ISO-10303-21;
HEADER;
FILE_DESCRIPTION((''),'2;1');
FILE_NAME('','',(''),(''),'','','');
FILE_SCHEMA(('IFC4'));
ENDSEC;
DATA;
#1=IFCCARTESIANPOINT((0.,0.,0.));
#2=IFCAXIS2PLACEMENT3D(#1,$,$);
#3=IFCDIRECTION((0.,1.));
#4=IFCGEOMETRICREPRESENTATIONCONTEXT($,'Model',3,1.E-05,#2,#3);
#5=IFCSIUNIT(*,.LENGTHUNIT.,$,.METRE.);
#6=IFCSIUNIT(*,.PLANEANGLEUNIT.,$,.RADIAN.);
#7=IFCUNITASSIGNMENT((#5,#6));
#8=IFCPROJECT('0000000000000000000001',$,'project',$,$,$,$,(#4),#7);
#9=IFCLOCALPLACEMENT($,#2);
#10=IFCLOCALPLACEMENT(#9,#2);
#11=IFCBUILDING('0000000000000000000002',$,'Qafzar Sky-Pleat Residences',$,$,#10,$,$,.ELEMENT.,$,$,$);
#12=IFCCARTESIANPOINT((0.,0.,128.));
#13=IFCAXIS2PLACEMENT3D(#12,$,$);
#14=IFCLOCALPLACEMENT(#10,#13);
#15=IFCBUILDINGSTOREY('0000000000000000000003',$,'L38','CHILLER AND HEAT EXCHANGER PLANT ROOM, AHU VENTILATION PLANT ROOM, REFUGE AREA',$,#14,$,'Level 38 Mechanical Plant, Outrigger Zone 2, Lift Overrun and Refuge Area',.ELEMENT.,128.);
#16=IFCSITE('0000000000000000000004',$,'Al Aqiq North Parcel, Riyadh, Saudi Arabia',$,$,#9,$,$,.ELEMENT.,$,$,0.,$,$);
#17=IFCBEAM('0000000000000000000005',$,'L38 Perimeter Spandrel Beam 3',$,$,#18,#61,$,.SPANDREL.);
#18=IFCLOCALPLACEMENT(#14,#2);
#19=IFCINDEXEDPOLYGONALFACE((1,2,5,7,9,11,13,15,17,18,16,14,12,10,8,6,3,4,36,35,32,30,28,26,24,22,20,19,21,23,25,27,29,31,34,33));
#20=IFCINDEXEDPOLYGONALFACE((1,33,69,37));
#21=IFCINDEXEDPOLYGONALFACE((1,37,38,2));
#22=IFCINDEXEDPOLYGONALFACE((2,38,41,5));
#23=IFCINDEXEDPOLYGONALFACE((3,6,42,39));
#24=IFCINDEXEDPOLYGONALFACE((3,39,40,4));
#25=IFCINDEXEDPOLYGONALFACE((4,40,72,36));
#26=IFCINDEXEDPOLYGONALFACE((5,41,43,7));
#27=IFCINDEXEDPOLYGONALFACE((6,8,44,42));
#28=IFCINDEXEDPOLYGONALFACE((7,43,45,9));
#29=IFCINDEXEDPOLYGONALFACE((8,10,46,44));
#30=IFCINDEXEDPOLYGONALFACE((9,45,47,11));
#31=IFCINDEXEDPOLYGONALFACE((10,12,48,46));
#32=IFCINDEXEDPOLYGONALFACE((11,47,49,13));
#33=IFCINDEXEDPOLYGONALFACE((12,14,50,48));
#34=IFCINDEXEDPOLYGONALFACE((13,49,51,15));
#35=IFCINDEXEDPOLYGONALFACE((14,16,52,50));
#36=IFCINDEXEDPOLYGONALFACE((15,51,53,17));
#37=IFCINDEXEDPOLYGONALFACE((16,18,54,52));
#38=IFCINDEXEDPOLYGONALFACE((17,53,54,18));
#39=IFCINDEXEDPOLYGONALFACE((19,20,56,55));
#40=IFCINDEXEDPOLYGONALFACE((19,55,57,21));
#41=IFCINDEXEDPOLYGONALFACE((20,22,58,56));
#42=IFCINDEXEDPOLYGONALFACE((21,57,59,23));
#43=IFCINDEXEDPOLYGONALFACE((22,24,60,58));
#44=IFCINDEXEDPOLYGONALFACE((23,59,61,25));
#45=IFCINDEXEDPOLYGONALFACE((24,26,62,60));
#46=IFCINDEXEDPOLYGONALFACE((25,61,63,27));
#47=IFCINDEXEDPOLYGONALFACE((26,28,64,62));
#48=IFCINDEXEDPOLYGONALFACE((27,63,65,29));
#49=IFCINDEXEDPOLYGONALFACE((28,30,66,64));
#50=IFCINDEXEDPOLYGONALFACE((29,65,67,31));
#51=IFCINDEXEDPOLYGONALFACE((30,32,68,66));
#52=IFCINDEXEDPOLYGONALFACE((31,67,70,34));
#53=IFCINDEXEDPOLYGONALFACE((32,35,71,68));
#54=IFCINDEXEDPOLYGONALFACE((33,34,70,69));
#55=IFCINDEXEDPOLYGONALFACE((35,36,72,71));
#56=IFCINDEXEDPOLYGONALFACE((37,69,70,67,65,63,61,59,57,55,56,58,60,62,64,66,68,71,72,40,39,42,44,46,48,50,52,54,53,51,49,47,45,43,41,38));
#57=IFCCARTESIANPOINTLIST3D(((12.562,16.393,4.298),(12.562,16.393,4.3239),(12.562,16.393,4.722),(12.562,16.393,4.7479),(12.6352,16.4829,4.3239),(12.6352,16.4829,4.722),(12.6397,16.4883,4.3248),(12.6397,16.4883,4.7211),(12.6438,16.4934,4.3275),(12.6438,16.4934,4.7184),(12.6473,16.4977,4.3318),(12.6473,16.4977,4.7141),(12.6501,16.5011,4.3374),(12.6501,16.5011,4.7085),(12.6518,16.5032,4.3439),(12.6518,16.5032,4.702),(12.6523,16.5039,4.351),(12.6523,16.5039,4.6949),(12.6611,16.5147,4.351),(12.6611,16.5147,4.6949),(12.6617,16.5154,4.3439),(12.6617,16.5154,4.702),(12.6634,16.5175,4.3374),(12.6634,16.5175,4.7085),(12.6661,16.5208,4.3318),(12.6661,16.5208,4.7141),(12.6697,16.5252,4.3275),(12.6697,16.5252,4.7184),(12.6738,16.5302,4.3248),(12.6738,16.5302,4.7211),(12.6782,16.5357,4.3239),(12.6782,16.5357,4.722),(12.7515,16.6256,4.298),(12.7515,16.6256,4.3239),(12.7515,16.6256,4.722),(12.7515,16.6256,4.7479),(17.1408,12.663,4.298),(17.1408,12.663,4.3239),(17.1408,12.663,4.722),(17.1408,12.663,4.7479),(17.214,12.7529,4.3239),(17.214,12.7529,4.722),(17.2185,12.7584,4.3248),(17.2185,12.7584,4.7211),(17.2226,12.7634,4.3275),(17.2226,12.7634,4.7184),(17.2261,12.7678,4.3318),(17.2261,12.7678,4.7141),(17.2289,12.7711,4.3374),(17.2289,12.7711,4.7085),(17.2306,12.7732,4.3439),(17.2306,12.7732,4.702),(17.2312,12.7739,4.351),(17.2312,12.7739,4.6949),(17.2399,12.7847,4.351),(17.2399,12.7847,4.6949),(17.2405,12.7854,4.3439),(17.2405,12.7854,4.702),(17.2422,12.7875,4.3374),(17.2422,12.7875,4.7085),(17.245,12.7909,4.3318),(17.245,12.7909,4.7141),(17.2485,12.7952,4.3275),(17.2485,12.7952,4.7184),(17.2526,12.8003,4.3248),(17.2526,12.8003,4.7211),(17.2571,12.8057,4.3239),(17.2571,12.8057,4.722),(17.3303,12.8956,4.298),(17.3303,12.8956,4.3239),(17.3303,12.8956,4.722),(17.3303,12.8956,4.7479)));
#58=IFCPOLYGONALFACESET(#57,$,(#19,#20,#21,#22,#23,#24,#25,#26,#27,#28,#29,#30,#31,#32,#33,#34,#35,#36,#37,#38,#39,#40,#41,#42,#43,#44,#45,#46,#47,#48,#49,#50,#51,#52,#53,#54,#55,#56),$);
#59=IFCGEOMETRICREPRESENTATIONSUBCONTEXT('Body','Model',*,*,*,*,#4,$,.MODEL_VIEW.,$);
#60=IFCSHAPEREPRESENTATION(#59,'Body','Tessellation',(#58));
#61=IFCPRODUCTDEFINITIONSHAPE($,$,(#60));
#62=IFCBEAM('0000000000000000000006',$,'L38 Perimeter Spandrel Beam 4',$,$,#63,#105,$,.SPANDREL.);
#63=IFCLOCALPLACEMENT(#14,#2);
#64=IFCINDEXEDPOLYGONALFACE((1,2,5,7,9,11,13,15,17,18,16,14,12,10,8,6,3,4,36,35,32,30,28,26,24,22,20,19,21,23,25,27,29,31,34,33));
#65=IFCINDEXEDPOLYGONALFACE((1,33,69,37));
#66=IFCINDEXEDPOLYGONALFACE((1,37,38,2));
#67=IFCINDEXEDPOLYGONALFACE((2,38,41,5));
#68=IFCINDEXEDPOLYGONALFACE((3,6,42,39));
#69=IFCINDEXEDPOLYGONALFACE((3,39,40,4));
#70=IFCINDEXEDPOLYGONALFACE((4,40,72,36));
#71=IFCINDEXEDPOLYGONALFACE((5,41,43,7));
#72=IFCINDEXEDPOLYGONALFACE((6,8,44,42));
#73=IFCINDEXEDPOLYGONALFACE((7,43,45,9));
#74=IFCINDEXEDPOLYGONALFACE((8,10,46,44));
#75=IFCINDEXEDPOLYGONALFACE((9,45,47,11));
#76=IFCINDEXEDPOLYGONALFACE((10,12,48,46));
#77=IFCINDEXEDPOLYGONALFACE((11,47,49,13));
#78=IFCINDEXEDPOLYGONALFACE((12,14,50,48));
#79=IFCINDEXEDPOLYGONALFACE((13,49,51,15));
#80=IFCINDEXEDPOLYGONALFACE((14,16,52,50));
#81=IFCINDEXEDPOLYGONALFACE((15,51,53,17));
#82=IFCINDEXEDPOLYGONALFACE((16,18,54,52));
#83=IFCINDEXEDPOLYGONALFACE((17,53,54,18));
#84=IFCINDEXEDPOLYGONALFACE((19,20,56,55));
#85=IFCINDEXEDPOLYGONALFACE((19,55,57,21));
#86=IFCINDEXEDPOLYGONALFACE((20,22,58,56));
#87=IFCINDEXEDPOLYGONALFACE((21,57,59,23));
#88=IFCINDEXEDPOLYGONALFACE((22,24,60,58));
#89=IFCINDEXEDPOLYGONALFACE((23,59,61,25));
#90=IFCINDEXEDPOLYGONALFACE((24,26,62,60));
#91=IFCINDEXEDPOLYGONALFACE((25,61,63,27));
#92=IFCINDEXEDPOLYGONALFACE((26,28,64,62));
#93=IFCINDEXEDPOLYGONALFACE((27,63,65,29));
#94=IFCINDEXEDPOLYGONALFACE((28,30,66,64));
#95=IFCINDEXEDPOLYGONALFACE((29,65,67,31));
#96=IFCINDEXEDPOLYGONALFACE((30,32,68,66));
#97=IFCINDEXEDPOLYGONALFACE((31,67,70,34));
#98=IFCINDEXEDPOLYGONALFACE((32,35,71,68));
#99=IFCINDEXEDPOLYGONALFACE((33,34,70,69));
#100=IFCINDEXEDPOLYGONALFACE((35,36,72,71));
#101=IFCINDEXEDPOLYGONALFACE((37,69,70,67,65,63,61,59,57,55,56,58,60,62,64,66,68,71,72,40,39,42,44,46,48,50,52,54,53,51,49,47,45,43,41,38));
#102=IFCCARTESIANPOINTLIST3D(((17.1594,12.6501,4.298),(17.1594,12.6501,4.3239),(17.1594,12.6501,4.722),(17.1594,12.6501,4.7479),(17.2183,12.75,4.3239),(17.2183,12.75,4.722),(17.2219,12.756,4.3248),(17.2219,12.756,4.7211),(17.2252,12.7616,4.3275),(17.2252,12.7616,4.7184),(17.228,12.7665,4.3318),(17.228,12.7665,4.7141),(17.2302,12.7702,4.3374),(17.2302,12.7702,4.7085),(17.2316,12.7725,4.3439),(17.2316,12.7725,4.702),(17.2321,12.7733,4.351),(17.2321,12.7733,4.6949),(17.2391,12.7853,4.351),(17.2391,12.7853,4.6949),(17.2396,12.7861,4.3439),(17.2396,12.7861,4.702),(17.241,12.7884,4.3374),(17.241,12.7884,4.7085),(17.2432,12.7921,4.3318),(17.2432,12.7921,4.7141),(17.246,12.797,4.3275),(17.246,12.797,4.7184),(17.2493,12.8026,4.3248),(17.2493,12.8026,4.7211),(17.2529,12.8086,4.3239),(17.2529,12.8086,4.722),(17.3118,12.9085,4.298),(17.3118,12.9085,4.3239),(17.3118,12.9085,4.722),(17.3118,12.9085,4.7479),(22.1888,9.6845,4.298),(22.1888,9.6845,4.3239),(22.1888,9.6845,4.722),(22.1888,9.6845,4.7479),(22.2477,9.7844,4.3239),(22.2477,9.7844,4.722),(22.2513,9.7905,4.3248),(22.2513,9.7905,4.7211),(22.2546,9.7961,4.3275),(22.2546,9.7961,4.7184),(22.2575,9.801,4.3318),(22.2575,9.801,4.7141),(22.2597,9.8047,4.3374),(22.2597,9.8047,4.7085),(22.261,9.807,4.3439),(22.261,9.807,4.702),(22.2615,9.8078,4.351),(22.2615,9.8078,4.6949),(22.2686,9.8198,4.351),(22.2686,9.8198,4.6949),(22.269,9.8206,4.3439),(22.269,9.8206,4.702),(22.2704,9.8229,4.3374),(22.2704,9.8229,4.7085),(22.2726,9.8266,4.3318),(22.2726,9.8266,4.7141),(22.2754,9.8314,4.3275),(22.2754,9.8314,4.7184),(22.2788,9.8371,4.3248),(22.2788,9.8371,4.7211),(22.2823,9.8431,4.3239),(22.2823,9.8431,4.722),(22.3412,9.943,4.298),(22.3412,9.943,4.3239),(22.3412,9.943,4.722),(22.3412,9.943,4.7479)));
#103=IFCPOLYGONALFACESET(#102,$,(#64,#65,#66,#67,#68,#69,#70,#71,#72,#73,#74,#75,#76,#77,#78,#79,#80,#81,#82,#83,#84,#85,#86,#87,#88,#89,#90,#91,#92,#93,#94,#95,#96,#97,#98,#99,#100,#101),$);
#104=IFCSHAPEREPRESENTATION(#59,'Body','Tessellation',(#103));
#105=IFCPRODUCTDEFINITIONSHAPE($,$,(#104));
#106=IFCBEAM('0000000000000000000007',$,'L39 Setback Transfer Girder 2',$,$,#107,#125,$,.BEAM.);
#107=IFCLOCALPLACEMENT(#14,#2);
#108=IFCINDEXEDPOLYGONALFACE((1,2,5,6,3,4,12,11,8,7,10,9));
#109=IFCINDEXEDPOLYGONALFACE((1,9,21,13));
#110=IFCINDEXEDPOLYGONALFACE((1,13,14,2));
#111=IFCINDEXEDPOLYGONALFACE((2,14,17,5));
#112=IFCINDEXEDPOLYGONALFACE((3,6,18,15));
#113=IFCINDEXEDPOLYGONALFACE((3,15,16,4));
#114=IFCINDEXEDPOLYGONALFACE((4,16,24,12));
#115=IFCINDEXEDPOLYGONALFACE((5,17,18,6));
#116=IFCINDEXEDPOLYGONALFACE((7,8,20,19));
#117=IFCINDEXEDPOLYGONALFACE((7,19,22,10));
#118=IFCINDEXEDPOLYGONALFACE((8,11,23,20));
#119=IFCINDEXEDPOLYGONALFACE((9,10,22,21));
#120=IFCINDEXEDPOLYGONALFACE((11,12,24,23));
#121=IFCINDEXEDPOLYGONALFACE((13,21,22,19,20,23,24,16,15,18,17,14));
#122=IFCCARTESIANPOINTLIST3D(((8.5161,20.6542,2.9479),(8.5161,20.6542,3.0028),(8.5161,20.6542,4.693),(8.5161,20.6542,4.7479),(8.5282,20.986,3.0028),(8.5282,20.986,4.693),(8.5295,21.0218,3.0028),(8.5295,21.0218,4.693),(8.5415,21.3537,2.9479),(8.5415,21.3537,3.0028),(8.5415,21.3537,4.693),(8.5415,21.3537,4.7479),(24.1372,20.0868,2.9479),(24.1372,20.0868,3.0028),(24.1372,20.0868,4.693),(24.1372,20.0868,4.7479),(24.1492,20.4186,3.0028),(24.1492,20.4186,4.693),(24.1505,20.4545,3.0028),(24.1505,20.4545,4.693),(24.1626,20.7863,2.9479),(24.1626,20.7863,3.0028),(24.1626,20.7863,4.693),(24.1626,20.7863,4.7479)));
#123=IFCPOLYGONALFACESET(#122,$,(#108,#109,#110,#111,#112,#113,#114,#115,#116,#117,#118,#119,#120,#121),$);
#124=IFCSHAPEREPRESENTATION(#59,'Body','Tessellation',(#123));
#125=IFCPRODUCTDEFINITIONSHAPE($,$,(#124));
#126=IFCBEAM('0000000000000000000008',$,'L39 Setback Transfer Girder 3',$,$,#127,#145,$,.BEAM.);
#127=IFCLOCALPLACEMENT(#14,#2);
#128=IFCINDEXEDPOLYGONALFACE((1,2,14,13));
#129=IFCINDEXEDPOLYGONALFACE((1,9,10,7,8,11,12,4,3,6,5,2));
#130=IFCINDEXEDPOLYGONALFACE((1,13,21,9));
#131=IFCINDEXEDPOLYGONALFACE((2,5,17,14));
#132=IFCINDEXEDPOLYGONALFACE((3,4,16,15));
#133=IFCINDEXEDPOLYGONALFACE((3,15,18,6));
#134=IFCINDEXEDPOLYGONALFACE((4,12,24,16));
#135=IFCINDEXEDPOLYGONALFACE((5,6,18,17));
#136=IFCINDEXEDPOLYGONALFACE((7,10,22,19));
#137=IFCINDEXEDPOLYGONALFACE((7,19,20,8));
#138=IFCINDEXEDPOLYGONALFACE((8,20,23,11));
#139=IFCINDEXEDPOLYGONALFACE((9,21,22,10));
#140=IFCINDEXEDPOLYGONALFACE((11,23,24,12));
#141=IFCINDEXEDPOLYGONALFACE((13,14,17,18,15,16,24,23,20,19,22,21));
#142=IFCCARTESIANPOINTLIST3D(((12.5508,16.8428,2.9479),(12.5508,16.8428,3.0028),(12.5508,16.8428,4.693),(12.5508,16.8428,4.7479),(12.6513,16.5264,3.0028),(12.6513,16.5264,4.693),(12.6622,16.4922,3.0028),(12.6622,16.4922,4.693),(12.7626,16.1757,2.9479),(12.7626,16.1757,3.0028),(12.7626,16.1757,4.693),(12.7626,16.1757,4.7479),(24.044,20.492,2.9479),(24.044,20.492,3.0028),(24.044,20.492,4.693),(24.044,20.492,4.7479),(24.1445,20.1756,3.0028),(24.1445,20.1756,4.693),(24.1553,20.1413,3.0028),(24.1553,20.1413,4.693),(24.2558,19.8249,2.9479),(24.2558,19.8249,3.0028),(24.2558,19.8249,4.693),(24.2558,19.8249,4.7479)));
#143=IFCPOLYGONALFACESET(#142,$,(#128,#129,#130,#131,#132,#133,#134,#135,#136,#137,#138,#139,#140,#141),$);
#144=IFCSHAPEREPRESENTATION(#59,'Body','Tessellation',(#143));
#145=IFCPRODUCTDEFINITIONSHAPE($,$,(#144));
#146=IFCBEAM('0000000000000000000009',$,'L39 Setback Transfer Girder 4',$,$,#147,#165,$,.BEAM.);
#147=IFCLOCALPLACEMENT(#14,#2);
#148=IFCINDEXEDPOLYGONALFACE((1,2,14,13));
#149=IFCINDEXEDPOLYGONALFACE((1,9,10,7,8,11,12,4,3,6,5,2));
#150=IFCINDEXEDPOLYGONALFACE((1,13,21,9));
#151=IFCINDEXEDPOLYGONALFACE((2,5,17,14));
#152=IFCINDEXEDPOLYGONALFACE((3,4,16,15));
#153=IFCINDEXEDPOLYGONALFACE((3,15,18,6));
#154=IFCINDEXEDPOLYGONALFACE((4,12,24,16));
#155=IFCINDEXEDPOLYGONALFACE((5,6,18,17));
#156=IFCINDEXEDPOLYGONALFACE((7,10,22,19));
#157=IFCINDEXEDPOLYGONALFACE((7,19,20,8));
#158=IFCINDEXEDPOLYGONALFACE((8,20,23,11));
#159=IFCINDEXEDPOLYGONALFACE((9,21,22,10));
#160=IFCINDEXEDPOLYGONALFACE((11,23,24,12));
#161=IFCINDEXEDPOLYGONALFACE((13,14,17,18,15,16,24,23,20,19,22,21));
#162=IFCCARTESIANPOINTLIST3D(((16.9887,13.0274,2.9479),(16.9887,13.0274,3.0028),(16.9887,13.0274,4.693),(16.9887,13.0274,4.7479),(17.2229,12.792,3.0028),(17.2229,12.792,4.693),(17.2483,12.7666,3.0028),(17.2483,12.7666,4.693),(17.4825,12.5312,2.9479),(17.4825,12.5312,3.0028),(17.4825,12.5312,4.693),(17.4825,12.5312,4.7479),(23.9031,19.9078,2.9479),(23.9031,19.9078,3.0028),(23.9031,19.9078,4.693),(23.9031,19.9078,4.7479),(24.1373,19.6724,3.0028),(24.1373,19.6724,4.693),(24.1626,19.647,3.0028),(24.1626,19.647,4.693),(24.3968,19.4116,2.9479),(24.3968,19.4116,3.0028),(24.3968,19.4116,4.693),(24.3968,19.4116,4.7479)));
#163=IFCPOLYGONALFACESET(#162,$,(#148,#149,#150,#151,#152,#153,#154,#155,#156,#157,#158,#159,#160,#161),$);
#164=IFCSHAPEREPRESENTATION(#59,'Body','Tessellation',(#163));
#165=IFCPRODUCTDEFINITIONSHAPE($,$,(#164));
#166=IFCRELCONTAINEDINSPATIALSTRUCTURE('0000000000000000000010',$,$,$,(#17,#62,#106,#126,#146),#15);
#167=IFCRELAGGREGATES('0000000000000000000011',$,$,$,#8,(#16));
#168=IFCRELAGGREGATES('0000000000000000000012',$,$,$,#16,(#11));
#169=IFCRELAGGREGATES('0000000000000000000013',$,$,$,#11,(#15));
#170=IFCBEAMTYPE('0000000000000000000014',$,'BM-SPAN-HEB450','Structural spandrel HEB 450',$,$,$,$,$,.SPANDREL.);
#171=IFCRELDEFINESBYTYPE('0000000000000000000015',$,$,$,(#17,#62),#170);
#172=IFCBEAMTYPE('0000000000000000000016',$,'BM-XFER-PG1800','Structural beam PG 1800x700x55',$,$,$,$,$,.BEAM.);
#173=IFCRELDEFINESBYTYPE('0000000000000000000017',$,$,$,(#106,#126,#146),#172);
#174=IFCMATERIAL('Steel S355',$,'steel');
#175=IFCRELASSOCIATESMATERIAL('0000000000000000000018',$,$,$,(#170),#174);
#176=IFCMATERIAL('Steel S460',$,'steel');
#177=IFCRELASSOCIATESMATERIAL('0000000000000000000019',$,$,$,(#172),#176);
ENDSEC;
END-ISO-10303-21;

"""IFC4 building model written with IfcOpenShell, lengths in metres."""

from ifc_helpers import new_model, si_unit, direction, frame, origin, origin_2d, place, context, subcontext, project, spatial, i_section, extrude, source, transform, mapped, material, material_profile, profile_set, type_object, element, save


model = new_model("IFC4")

# Units and contexts
model_context = context("Model", 3, precision=1e-05, world=origin(), true_north=direction((0.0, 1.0)))
body_context = subcontext(model_context, "Body", "Model", "MODEL_VIEW")
ifc_project = project(units=[si_unit("LENGTHUNIT", "METRE"), si_unit("PLANEANGLEUNIT", "RADIAN")], contexts=[model_context])

# Site, building, storey
site_placement = place(None, origin())
site = spatial("IfcSite", under=ifc_project, at=site_placement, Name="Al Aqiq North Parcel, Riyadh, Saudi Arabia", CompositionType="ELEMENT", RefElevation=0.0)
building_placement = place(site_placement, origin())
building = spatial("IfcBuilding", under=site, at=building_placement, Name="Qafzar Sky-Pleat Residences", CompositionType="ELEMENT")
storey_placement = place(building_placement, frame((0.0, 0.0, 128.0)))
storey = spatial("IfcBuildingStorey", under=building, at=storey_placement, Name="L38", Description="CHILLER AND HEAT EXCHANGER PLANT ROOM, AHU VENTILATION PLANT ROOM, REFUGE AREA", LongName="Level 38 Mechanical Plant, Outrigger Zone 2, Lift Overrun and Refuge Area", CompositionType="ELEMENT", Elevation=128.0)

# Shared definitions
ifc_material_1 = material(Name="Steel S460", Category="steel")

# Beams
ifc_material_2 = material(Name="Steel S355", Category="steel")
ifc_material_profile_1 = material_profile(ifc_material_2, i_section(OverallWidth=0.3, OverallDepth=0.45, WebThickness=0.0139, FlangeThickness=0.0259, FilletRadius=0.0271, at=origin_2d()), Name="HEB 450")
ifc_profile_set_1 = profile_set([ifc_material_profile_1], Name="Steel S355")
beam_type_1 = type_object("IfcBeamType", Name="BM-SPAN-HEB450", Description="Structural spandrel HEB 450", PredefinedType="SPANDREL", material=ifc_profile_set_1)
shared_shape_1 = source(origin(), body_context, "Body", "SweptSolid", [
    extrude(i_section(OverallWidth=0.3, OverallDepth=0.45, WebThickness=0.0139, FlangeThickness=0.0259, FilletRadius=0.0271, at=origin_2d()), origin(), (0.0, 0.0, 1.0), 5.9058),
])
beam_1_placement = place(storey_placement, frame((12.6567, 16.5093, 4.5229), z_axis=(0.775313, -0.631577, 0.0), x_axis=(0.631577, 0.775313, 0.0)))
element("IfcBeam", 1, at=beam_1_placement, inside=storey, type_object=beam_type_1, Name="L38 Perimeter Spandrel Beam 3", PredefinedType="SPANDREL", context=body_context, shape_type="MappedRepresentation", body=[
    mapped(shared_shape_1, transform((0.0, 0.0, 0.0), x_axis=(1.0, 0.0, 0.0), y_axis=(0.0, 1.0, 0.0), z_axis=(0.0, 0.0, 1.0), scale=1.0)),
])
shared_shape_2 = source(origin(), body_context, "Body", "SweptSolid", [
    extrude(i_section(OverallWidth=0.3, OverallDepth=0.45, WebThickness=0.0139, FlangeThickness=0.0259, FilletRadius=0.0271, at=origin_2d()), origin(), (0.0, 0.0, 1.0), 5.8386),
])
beam_2_placement = place(storey_placement, frame((17.2356, 12.7793, 4.5229), z_axis=(0.861408, -0.507913, 0.0), x_axis=(0.507913, 0.861408, 0.0)))
element("IfcBeam", 2, at=beam_2_placement, inside=storey, type_object=beam_type_1, Name="L38 Perimeter Spandrel Beam 4", PredefinedType="SPANDREL", context=body_context, shape_type="MappedRepresentation", body=[
    mapped(shared_shape_2, transform((0.0, 0.0, 0.0), x_axis=(1.0, 0.0, 0.0), y_axis=(0.0, 1.0, 0.0), z_axis=(0.0, 0.0, 1.0), scale=1.0)),
])
ifc_material_profile_2 = material_profile(ifc_material_1, i_section(OverallWidth=0.7, OverallDepth=1.8, WebThickness=0.0359, FlangeThickness=0.0549, at=origin_2d()), Name="PG 1800x700x55")
ifc_profile_set_2 = profile_set([ifc_material_profile_2], Name="Steel S460")
beam_type_2 = type_object("IfcBeamType", Name="BM-XFER-PG1800", Description="Structural beam PG 1800x700x55", PredefinedType="BEAM", material=ifc_profile_set_2)
shared_shape_3 = source(origin(), body_context, "Body", "SweptSolid", [
    extrude(i_section(OverallWidth=0.7, OverallDepth=1.8, WebThickness=0.0359, FlangeThickness=0.0549, at=origin_2d()), origin(), (0.0, 0.0, 1.0), 15.6313),
])
beam_3_placement = place(storey_placement, frame((8.5288, 21.0039, 3.8479), z_axis=(0.999341, -0.036298, 0.0), x_axis=(0.036298, 0.999341, 0.0)))
element("IfcBeam", 3, at=beam_3_placement, inside=storey, type_object=beam_type_2, Name="L39 Setback Transfer Girder 2", PredefinedType="BEAM", context=body_context, shape_type="MappedRepresentation", body=[
    mapped(shared_shape_3, transform((0.0, 0.0, 0.0), x_axis=(1.0, 0.0, 0.0), y_axis=(0.0, 1.0, 0.0), z_axis=(0.0, 0.0, 1.0), scale=1.0)),
])
shared_shape_4 = source(origin(), body_context, "Body", "SweptSolid", [
    extrude(i_section(OverallWidth=0.7, OverallDepth=1.8, WebThickness=0.0359, FlangeThickness=0.0549, at=origin_2d()), origin(), (0.0, 0.0, 1.0), 12.0586),
])
beam_4_placement = place(storey_placement, frame((12.6567, 16.5093, 3.8479), z_axis=(0.953111, 0.30262, 0.0), x_axis=(-0.30262, 0.953111, 0.0)))
element("IfcBeam", 4, at=beam_4_placement, inside=storey, type_object=beam_type_2, Name="L39 Setback Transfer Girder 3", PredefinedType="BEAM", context=body_context, shape_type="MappedRepresentation", body=[
    mapped(shared_shape_4, transform((0.0, 0.0, 0.0), x_axis=(1.0, 0.0, 0.0), y_axis=(0.0, 1.0, 0.0), z_axis=(0.0, 0.0, 1.0), scale=1.0)),
])
shared_shape_5 = source(origin(), body_context, "Body", "SweptSolid", [
    extrude(i_section(OverallWidth=0.7, OverallDepth=1.8, WebThickness=0.0359, FlangeThickness=0.0549, at=origin_2d()), origin(), (0.0, 0.0, 1.0), 9.7544),
])
beam_5_placement = place(storey_placement, frame((17.2356, 12.7793, 3.8479), z_axis=(0.708844, 0.705365, 0.0), x_axis=(-0.705365, 0.708844, 0.0)))
element("IfcBeam", 5, at=beam_5_placement, inside=storey, type_object=beam_type_2, Name="L39 Setback Transfer Girder 4", PredefinedType="BEAM", context=body_context, shape_type="MappedRepresentation", body=[
    mapped(shared_shape_5, transform((0.0, 0.0, 0.0), x_axis=(1.0, 0.0, 0.0), y_axis=(0.0, 1.0, 0.0), z_axis=(0.0, 0.0, 1.0), scale=1.0)),
])

save(model, "model.ifc")
